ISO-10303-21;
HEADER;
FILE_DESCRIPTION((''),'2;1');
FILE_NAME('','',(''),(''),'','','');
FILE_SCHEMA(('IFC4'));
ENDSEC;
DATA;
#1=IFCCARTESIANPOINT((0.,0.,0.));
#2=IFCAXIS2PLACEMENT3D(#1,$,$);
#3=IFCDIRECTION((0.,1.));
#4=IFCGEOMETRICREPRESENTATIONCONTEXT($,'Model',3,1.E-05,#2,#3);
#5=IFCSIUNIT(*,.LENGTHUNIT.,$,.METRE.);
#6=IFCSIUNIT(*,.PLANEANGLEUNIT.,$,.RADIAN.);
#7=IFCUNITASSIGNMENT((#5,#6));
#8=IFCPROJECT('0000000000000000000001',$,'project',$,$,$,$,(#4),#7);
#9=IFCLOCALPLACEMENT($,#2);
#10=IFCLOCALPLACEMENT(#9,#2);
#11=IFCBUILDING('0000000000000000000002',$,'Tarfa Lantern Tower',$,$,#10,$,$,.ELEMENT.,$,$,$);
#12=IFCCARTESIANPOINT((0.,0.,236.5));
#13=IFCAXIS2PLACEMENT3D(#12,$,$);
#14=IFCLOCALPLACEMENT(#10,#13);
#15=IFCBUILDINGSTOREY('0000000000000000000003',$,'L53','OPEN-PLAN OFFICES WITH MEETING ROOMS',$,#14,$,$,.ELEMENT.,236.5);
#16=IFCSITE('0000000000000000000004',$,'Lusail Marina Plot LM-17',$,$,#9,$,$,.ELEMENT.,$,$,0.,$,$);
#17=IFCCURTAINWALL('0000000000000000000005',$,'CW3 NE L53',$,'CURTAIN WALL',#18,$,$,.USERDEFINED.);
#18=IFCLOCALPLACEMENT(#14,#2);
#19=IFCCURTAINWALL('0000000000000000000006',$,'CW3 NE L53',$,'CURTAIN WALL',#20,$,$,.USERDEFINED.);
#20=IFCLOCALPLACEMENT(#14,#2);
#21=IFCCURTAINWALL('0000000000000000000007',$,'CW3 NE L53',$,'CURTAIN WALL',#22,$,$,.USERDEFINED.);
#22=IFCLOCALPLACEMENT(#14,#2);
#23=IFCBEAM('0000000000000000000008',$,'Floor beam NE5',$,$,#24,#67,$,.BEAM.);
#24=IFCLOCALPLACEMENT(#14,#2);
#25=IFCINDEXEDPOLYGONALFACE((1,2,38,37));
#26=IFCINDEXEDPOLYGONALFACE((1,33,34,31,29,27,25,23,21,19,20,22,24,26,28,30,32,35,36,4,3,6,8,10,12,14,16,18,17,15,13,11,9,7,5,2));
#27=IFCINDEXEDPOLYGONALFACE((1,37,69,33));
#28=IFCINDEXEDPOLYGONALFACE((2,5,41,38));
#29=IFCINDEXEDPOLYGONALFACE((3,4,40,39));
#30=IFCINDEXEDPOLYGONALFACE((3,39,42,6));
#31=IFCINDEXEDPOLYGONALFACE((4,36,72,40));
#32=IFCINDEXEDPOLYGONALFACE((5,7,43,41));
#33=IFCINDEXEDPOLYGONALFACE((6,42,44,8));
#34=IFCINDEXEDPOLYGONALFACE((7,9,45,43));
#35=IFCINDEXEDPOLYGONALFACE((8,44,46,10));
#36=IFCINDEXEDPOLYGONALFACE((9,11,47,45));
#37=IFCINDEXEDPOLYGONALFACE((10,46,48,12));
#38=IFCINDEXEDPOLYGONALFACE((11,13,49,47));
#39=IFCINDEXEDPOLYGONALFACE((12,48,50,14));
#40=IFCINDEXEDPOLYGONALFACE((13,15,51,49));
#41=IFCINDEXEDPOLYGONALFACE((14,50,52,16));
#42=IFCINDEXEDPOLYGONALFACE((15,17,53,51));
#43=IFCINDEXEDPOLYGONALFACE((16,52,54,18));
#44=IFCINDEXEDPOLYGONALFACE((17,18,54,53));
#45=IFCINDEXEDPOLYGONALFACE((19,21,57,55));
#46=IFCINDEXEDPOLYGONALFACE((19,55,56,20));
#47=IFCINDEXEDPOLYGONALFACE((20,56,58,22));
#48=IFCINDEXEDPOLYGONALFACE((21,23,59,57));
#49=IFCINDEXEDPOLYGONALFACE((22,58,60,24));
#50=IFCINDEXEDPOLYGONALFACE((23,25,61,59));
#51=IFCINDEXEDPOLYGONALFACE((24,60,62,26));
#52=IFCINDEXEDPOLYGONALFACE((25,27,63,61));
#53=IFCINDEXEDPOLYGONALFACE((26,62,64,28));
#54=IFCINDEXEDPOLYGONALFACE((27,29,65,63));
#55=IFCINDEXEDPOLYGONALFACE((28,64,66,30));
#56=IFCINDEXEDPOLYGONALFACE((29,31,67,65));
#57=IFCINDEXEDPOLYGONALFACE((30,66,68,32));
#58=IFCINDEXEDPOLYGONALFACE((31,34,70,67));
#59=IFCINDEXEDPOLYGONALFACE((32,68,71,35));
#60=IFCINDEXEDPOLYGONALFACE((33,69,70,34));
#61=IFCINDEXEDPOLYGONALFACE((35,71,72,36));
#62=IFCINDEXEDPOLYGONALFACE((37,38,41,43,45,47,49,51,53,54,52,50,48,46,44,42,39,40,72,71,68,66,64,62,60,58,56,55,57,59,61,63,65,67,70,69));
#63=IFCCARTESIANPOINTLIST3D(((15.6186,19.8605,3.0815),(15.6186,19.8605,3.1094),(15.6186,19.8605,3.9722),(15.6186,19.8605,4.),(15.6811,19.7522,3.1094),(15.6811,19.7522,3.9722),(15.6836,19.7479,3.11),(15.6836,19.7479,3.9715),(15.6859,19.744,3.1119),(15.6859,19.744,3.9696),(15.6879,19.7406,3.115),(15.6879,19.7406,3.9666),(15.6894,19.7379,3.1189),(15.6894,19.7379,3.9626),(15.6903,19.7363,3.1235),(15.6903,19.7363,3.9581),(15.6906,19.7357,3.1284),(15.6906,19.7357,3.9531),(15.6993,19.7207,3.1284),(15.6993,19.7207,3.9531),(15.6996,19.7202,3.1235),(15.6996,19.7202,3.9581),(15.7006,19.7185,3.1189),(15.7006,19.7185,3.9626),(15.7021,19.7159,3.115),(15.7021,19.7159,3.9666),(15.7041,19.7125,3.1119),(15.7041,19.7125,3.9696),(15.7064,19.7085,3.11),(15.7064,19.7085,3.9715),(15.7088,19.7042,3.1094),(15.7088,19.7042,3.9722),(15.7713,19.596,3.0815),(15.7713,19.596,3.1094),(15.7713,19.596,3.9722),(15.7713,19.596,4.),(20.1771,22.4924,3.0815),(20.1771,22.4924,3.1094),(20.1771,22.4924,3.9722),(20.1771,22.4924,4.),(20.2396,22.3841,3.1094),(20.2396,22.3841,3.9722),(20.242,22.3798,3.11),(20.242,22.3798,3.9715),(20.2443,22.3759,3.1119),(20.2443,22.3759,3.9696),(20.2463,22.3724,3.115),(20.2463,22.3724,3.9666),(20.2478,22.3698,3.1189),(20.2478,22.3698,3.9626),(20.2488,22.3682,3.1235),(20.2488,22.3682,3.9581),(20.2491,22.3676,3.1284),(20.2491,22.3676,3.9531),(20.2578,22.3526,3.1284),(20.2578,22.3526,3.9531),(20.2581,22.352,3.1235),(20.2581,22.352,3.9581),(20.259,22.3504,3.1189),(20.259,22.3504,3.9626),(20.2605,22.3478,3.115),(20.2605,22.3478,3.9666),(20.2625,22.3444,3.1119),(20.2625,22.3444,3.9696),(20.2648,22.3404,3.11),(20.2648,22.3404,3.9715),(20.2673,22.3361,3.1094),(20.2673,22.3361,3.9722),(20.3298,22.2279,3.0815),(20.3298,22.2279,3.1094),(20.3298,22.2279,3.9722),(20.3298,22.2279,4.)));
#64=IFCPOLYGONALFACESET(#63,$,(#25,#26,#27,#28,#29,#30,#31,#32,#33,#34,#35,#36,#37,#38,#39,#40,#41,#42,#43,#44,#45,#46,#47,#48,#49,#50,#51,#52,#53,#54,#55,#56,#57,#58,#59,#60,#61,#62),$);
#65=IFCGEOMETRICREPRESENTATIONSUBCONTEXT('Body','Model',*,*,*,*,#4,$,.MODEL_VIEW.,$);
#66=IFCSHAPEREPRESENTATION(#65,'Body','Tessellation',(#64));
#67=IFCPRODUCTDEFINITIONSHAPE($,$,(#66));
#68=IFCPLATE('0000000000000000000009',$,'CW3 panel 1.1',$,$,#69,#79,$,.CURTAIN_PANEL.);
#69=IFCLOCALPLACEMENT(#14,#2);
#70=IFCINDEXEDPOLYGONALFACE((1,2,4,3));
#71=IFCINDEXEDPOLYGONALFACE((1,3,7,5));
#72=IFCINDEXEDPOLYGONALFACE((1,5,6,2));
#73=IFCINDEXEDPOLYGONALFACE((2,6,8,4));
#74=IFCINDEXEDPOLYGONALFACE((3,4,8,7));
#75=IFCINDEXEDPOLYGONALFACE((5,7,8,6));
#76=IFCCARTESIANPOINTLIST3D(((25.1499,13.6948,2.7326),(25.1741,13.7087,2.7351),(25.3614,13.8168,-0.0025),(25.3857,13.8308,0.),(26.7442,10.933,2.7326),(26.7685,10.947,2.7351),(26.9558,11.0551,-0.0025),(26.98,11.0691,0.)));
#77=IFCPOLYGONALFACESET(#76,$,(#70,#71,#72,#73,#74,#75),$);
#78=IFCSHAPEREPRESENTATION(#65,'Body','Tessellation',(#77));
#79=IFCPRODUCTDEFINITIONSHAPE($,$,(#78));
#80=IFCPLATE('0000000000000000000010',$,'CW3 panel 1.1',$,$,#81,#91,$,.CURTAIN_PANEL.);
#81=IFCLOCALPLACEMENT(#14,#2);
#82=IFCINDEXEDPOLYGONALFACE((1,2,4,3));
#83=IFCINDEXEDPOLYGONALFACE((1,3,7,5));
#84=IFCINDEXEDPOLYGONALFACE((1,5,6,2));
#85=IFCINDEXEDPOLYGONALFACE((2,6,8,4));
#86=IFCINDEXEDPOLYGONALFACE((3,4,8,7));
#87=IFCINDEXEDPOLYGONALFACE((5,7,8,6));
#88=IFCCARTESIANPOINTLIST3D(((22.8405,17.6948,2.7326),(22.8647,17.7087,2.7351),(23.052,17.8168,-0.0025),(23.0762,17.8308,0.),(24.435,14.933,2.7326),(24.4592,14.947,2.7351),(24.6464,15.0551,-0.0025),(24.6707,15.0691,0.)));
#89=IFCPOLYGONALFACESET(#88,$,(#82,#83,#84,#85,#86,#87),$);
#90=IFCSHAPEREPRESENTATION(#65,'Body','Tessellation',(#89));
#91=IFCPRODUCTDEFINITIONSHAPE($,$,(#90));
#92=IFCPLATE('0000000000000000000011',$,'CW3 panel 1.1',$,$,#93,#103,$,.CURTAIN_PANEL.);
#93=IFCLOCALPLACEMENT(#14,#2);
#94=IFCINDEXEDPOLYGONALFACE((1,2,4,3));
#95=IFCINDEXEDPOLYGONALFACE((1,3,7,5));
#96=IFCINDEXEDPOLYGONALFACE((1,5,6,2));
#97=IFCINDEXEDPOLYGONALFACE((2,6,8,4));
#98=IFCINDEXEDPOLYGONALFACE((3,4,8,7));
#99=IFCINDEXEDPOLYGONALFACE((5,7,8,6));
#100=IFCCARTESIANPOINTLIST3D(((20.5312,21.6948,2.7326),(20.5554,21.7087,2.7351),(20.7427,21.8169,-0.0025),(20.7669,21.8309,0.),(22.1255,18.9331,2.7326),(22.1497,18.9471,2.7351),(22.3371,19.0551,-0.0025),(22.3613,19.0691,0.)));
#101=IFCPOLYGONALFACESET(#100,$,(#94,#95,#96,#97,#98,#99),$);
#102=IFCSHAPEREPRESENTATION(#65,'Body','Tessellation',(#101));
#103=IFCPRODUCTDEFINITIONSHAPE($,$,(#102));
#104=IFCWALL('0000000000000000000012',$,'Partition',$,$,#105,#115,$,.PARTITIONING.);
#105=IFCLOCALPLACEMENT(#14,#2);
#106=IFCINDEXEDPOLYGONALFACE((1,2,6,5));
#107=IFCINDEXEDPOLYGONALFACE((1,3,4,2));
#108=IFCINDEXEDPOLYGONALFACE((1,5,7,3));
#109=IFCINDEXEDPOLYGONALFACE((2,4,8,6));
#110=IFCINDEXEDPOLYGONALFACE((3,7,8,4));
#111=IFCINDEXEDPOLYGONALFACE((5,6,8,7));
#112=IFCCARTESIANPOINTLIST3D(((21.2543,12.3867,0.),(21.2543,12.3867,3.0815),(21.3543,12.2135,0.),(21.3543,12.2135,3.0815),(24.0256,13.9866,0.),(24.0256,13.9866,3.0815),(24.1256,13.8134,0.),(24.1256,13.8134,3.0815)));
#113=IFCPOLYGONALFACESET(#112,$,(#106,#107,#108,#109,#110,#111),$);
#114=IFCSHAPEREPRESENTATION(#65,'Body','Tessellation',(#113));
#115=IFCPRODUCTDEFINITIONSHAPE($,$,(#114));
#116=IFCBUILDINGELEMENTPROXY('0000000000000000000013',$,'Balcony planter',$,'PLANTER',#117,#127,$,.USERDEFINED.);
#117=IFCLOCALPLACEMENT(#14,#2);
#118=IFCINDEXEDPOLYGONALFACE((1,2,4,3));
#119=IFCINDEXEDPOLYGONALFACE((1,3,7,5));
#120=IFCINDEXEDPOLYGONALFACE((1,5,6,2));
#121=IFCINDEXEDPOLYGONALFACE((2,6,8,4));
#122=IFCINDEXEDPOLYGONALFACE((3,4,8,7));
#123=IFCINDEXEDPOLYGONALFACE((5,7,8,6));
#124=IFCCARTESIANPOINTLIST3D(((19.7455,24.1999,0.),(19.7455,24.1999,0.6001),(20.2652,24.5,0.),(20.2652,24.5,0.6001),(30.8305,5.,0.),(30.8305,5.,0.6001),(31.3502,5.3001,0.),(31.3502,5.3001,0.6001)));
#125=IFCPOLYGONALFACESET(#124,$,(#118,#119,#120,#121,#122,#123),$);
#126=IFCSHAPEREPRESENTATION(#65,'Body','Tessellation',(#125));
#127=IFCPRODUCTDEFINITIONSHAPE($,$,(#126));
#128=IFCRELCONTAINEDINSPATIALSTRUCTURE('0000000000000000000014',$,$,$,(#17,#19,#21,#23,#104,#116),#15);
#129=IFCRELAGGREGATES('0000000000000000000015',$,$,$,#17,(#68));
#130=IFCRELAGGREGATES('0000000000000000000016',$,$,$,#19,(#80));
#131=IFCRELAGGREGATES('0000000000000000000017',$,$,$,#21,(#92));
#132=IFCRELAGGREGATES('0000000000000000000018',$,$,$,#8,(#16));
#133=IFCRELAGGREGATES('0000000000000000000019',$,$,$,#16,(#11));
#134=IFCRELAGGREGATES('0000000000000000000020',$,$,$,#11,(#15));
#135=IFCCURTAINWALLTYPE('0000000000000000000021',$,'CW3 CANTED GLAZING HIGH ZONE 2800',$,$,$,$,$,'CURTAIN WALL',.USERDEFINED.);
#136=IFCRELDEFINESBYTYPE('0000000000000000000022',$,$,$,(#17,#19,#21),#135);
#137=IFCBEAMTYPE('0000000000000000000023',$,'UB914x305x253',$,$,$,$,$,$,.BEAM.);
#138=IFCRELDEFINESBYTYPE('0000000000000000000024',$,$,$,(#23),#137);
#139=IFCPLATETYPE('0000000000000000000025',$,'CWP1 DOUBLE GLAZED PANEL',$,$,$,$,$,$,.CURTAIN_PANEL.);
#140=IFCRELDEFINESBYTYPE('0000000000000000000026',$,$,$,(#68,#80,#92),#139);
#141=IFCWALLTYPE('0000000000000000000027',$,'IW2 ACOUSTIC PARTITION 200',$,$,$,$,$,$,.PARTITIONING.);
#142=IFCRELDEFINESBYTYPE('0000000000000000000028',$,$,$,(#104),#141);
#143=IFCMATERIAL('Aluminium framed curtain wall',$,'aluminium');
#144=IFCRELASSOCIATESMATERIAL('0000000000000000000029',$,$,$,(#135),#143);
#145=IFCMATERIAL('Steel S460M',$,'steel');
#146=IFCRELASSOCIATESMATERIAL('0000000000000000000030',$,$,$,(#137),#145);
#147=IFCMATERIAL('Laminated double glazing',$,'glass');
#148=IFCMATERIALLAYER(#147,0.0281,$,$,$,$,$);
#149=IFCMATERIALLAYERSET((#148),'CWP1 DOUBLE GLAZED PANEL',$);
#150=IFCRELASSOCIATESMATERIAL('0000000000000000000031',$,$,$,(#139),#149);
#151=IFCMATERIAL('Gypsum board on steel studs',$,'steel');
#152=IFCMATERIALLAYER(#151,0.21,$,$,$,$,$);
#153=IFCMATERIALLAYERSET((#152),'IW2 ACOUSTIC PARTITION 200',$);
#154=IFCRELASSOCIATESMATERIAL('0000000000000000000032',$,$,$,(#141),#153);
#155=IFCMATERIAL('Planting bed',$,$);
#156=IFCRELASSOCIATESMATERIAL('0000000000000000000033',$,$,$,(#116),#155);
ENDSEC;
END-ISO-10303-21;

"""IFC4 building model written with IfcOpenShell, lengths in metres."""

from ifc_helpers import new_model, si_unit, direction, frame, frame_2d, origin, origin_2d, place, context, subcontext, project, spatial, polyline, rectangle, i_section, outline, extrude, material, layer, layer_set, material_profile, profile_set, type_object, element, aggregate, save


model = new_model("IFC4")

# Units and contexts
model_context = context("Model", 3, precision=1e-05, world=origin(), true_north=direction((0.0, 1.0)))
body_context = subcontext(model_context, "Body", "Model", "MODEL_VIEW")
ifc_project = project(units=[si_unit("LENGTHUNIT", "METRE"), si_unit("PLANEANGLEUNIT", "RADIAN")], contexts=[model_context])

# Site, building, storey
site_placement = place(None, origin())
site = spatial("IfcSite", under=ifc_project, at=site_placement, Name="Lusail Marina Plot LM-17", CompositionType="ELEMENT", RefElevation=0.0)
building_placement = place(site_placement, origin())
building = spatial("IfcBuilding", under=site, at=building_placement, Name="Tarfa Lantern Tower", CompositionType="ELEMENT")
storey_placement = place(building_placement, frame((0.0, 0.0, 236.5)))
storey = spatial("IfcBuildingStorey", under=building, at=storey_placement, Name="L53", Description="OPEN-PLAN OFFICES WITH MEETING ROOMS", CompositionType="ELEMENT", Elevation=236.5)

# Curtain walls
ifc_material_1 = material(Name="Aluminium framed curtain wall", Category="aluminium")
curtain_wall_type = type_object("IfcCurtainWallType", Name="CW3 CANTED GLAZING HIGH ZONE 2800", ElementType="CURTAIN WALL", PredefinedType="USERDEFINED", material=ifc_material_1)
curtain_wall_1_placement = place(storey_placement, origin())
curtain_wall_1 = element("IfcCurtainWall", 1, at=curtain_wall_1_placement, inside=storey, type_object=curtain_wall_type, Name="CW3 NE L53", ObjectType="CURTAIN WALL", PredefinedType="USERDEFINED")
curtain_wall_2_placement = place(storey_placement, origin())
curtain_wall_2 = element("IfcCurtainWall", 2, at=curtain_wall_2_placement, inside=storey, type_object=curtain_wall_type, Name="CW3 NE L53", ObjectType="CURTAIN WALL", PredefinedType="USERDEFINED")
curtain_wall_3_placement = place(storey_placement, origin())
curtain_wall_3 = element("IfcCurtainWall", 3, at=curtain_wall_3_placement, inside=storey, type_object=curtain_wall_type, Name="CW3 NE L53", ObjectType="CURTAIN WALL", PredefinedType="USERDEFINED")

# Beam
ifc_material_2 = material(Name="Steel S460M", Category="steel")
ifc_material_profile_1 = material_profile(ifc_material_2, i_section(OverallWidth=0.3054, OverallDepth=0.9185, WebThickness=0.0173, FlangeThickness=0.0278, FilletRadius=0.019, at=origin_2d()), Name="UB914x305x253")
ifc_profile_set_1 = profile_set([ifc_material_profile_1], Name="Steel S460M")
beam_type_1 = type_object("IfcBeamType", Name="UB914x305x253", PredefinedType="BEAM", material=ifc_profile_set_1)
beam_1_placement = place(storey_placement, frame((20.2534, 22.3601, 3.5408), z_axis=(-0.86602, -0.50001, 0.0), x_axis=(0.50001, -0.86602, 0.0)))
element("IfcBeam", 4, at=beam_1_placement, inside=storey, type_object=beam_type_1, Name="Floor beam NE5", PredefinedType="BEAM", context=body_context, shape_type="SweptSolid", body=[
    extrude(i_section(OverallWidth=0.3054, OverallDepth=0.9185, WebThickness=0.0173, FlangeThickness=0.0278, FilletRadius=0.019, at=origin_2d()), origin(), (0.0, 0.0, 1.0), 5.2637),
])

# Plates
ifc_material_3 = material(Name="Laminated double glazing", Category="glass")
ifc_layer_1 = layer(ifc_material_3, 0.0281)
ifc_layer_set_1 = layer_set([ifc_layer_1], Name="CWP1 DOUBLE GLAZED PANEL")
plate_type = type_object("IfcPlateType", Name="CWP1 DOUBLE GLAZED PANEL", PredefinedType="CURTAIN_PANEL", material=ifc_layer_set_1)
plate_1_placement = place(storey_placement, frame((26.98, 11.0691, 0.0), z_axis=(0.862609, 0.49799, 0.088945), x_axis=(-0.499972, 0.866042, -0.000003)))
plate_1 = element("IfcPlate", 5, at=plate_1_placement, type_object=plate_type, Name="CW3 panel 1.1", PredefinedType="CURTAIN_PANEL", context=body_context, shape_type="SweptSolid", body=[
    extrude(outline(polyline([(0.0, 0.0), (3.1888, 0.0), (3.1889, 2.746), (0.0, 2.746), (0.0, 0.0)])), origin(), (0.0, 0.0, -1.0), 0.0281),
])
aggregate(curtain_wall_1, [plate_1])
plate_2_placement = place(storey_placement, frame((24.6707, 15.0691, 0.0), z_axis=(0.862595, 0.498021, 0.088906), x_axis=(-0.500001, 0.866025, 0.0)))
plate_2 = element("IfcPlate", 6, at=plate_2_placement, type_object=plate_type, Name="CW3 panel 1.1", PredefinedType="CURTAIN_PANEL", context=body_context, shape_type="SweptSolid", body=[
    extrude(outline(polyline([(0.0, 0.0), (3.189, 0.0), (3.189, 2.746), (0.0, 2.746), (0.0, 0.0)])), origin(), (0.0, 0.0, -1.0), 0.0281),
])
aggregate(curtain_wall_2, [plate_2])
plate_3_placement = place(storey_placement, frame((22.3613, 19.0691, 0.0), z_axis=(0.862609, 0.49799, 0.088945), x_axis=(-0.499972, 0.866041, 0.000003)))
plate_3 = element("IfcPlate", 7, at=plate_3_placement, type_object=plate_type, Name="CW3 panel 1.1", PredefinedType="CURTAIN_PANEL", context=body_context, shape_type="SweptSolid", body=[
    extrude(outline(polyline([(0.0, 0.0), (3.189, 0.0), (3.189, 2.746), (0.0001, 2.746), (0.0, 0.0)])), origin(), (0.0, 0.0, -1.0), 0.0281),
])
aggregate(curtain_wall_3, [plate_3])

# Wall
ifc_material_4 = material(Name="Gypsum board on steel studs", Category="steel")
ifc_layer_2 = layer(ifc_material_4, 0.21)
ifc_layer_set_2 = layer_set([ifc_layer_2], Name="IW2 ACOUSTIC PARTITION 200")
wall_type = type_object("IfcWallType", Name="IW2 ACOUSTIC PARTITION 200", PredefinedType="PARTITIONING", material=ifc_layer_set_2)
wall_placement = place(storey_placement, frame((21.3042, 12.3, 0.0), z_axis=(0.0, 0.0, 1.0), x_axis=(0.866042, 0.499971, 0.0)))
element("IfcWall", 8, at=wall_placement, inside=storey, type_object=wall_type, Name="Partition", PredefinedType="PARTITIONING", context=body_context, shape_type="SweptSolid", body=[
    extrude(rectangle(XDim=3.2, YDim=0.2, at=frame_2d((1.6001, 0.0))), origin(), (0.0, 0.0, 1.0), 3.0815),
])

# Building element proxy
ifc_material_5 = material(Name="Planting bed")
proxy_placement = place(storey_placement, frame((25.5479, 14.75, 0.0), z_axis=(0.0, 0.0, 1.0), x_axis=(-0.5, 0.866025, 0.0)))
element("IfcBuildingElementProxy", 9, at=proxy_placement, inside=storey, material=ifc_material_5, Name="Balcony planter", ObjectType="PLANTER", PredefinedType="USERDEFINED", context=body_context, shape_type="SweptSolid", body=[
    extrude(rectangle(XDim=22.1702, YDim=0.6001, at=origin_2d()), origin(), (0.0, 0.0, 1.0), 0.6001),
])

save(model, "model.ifc")
